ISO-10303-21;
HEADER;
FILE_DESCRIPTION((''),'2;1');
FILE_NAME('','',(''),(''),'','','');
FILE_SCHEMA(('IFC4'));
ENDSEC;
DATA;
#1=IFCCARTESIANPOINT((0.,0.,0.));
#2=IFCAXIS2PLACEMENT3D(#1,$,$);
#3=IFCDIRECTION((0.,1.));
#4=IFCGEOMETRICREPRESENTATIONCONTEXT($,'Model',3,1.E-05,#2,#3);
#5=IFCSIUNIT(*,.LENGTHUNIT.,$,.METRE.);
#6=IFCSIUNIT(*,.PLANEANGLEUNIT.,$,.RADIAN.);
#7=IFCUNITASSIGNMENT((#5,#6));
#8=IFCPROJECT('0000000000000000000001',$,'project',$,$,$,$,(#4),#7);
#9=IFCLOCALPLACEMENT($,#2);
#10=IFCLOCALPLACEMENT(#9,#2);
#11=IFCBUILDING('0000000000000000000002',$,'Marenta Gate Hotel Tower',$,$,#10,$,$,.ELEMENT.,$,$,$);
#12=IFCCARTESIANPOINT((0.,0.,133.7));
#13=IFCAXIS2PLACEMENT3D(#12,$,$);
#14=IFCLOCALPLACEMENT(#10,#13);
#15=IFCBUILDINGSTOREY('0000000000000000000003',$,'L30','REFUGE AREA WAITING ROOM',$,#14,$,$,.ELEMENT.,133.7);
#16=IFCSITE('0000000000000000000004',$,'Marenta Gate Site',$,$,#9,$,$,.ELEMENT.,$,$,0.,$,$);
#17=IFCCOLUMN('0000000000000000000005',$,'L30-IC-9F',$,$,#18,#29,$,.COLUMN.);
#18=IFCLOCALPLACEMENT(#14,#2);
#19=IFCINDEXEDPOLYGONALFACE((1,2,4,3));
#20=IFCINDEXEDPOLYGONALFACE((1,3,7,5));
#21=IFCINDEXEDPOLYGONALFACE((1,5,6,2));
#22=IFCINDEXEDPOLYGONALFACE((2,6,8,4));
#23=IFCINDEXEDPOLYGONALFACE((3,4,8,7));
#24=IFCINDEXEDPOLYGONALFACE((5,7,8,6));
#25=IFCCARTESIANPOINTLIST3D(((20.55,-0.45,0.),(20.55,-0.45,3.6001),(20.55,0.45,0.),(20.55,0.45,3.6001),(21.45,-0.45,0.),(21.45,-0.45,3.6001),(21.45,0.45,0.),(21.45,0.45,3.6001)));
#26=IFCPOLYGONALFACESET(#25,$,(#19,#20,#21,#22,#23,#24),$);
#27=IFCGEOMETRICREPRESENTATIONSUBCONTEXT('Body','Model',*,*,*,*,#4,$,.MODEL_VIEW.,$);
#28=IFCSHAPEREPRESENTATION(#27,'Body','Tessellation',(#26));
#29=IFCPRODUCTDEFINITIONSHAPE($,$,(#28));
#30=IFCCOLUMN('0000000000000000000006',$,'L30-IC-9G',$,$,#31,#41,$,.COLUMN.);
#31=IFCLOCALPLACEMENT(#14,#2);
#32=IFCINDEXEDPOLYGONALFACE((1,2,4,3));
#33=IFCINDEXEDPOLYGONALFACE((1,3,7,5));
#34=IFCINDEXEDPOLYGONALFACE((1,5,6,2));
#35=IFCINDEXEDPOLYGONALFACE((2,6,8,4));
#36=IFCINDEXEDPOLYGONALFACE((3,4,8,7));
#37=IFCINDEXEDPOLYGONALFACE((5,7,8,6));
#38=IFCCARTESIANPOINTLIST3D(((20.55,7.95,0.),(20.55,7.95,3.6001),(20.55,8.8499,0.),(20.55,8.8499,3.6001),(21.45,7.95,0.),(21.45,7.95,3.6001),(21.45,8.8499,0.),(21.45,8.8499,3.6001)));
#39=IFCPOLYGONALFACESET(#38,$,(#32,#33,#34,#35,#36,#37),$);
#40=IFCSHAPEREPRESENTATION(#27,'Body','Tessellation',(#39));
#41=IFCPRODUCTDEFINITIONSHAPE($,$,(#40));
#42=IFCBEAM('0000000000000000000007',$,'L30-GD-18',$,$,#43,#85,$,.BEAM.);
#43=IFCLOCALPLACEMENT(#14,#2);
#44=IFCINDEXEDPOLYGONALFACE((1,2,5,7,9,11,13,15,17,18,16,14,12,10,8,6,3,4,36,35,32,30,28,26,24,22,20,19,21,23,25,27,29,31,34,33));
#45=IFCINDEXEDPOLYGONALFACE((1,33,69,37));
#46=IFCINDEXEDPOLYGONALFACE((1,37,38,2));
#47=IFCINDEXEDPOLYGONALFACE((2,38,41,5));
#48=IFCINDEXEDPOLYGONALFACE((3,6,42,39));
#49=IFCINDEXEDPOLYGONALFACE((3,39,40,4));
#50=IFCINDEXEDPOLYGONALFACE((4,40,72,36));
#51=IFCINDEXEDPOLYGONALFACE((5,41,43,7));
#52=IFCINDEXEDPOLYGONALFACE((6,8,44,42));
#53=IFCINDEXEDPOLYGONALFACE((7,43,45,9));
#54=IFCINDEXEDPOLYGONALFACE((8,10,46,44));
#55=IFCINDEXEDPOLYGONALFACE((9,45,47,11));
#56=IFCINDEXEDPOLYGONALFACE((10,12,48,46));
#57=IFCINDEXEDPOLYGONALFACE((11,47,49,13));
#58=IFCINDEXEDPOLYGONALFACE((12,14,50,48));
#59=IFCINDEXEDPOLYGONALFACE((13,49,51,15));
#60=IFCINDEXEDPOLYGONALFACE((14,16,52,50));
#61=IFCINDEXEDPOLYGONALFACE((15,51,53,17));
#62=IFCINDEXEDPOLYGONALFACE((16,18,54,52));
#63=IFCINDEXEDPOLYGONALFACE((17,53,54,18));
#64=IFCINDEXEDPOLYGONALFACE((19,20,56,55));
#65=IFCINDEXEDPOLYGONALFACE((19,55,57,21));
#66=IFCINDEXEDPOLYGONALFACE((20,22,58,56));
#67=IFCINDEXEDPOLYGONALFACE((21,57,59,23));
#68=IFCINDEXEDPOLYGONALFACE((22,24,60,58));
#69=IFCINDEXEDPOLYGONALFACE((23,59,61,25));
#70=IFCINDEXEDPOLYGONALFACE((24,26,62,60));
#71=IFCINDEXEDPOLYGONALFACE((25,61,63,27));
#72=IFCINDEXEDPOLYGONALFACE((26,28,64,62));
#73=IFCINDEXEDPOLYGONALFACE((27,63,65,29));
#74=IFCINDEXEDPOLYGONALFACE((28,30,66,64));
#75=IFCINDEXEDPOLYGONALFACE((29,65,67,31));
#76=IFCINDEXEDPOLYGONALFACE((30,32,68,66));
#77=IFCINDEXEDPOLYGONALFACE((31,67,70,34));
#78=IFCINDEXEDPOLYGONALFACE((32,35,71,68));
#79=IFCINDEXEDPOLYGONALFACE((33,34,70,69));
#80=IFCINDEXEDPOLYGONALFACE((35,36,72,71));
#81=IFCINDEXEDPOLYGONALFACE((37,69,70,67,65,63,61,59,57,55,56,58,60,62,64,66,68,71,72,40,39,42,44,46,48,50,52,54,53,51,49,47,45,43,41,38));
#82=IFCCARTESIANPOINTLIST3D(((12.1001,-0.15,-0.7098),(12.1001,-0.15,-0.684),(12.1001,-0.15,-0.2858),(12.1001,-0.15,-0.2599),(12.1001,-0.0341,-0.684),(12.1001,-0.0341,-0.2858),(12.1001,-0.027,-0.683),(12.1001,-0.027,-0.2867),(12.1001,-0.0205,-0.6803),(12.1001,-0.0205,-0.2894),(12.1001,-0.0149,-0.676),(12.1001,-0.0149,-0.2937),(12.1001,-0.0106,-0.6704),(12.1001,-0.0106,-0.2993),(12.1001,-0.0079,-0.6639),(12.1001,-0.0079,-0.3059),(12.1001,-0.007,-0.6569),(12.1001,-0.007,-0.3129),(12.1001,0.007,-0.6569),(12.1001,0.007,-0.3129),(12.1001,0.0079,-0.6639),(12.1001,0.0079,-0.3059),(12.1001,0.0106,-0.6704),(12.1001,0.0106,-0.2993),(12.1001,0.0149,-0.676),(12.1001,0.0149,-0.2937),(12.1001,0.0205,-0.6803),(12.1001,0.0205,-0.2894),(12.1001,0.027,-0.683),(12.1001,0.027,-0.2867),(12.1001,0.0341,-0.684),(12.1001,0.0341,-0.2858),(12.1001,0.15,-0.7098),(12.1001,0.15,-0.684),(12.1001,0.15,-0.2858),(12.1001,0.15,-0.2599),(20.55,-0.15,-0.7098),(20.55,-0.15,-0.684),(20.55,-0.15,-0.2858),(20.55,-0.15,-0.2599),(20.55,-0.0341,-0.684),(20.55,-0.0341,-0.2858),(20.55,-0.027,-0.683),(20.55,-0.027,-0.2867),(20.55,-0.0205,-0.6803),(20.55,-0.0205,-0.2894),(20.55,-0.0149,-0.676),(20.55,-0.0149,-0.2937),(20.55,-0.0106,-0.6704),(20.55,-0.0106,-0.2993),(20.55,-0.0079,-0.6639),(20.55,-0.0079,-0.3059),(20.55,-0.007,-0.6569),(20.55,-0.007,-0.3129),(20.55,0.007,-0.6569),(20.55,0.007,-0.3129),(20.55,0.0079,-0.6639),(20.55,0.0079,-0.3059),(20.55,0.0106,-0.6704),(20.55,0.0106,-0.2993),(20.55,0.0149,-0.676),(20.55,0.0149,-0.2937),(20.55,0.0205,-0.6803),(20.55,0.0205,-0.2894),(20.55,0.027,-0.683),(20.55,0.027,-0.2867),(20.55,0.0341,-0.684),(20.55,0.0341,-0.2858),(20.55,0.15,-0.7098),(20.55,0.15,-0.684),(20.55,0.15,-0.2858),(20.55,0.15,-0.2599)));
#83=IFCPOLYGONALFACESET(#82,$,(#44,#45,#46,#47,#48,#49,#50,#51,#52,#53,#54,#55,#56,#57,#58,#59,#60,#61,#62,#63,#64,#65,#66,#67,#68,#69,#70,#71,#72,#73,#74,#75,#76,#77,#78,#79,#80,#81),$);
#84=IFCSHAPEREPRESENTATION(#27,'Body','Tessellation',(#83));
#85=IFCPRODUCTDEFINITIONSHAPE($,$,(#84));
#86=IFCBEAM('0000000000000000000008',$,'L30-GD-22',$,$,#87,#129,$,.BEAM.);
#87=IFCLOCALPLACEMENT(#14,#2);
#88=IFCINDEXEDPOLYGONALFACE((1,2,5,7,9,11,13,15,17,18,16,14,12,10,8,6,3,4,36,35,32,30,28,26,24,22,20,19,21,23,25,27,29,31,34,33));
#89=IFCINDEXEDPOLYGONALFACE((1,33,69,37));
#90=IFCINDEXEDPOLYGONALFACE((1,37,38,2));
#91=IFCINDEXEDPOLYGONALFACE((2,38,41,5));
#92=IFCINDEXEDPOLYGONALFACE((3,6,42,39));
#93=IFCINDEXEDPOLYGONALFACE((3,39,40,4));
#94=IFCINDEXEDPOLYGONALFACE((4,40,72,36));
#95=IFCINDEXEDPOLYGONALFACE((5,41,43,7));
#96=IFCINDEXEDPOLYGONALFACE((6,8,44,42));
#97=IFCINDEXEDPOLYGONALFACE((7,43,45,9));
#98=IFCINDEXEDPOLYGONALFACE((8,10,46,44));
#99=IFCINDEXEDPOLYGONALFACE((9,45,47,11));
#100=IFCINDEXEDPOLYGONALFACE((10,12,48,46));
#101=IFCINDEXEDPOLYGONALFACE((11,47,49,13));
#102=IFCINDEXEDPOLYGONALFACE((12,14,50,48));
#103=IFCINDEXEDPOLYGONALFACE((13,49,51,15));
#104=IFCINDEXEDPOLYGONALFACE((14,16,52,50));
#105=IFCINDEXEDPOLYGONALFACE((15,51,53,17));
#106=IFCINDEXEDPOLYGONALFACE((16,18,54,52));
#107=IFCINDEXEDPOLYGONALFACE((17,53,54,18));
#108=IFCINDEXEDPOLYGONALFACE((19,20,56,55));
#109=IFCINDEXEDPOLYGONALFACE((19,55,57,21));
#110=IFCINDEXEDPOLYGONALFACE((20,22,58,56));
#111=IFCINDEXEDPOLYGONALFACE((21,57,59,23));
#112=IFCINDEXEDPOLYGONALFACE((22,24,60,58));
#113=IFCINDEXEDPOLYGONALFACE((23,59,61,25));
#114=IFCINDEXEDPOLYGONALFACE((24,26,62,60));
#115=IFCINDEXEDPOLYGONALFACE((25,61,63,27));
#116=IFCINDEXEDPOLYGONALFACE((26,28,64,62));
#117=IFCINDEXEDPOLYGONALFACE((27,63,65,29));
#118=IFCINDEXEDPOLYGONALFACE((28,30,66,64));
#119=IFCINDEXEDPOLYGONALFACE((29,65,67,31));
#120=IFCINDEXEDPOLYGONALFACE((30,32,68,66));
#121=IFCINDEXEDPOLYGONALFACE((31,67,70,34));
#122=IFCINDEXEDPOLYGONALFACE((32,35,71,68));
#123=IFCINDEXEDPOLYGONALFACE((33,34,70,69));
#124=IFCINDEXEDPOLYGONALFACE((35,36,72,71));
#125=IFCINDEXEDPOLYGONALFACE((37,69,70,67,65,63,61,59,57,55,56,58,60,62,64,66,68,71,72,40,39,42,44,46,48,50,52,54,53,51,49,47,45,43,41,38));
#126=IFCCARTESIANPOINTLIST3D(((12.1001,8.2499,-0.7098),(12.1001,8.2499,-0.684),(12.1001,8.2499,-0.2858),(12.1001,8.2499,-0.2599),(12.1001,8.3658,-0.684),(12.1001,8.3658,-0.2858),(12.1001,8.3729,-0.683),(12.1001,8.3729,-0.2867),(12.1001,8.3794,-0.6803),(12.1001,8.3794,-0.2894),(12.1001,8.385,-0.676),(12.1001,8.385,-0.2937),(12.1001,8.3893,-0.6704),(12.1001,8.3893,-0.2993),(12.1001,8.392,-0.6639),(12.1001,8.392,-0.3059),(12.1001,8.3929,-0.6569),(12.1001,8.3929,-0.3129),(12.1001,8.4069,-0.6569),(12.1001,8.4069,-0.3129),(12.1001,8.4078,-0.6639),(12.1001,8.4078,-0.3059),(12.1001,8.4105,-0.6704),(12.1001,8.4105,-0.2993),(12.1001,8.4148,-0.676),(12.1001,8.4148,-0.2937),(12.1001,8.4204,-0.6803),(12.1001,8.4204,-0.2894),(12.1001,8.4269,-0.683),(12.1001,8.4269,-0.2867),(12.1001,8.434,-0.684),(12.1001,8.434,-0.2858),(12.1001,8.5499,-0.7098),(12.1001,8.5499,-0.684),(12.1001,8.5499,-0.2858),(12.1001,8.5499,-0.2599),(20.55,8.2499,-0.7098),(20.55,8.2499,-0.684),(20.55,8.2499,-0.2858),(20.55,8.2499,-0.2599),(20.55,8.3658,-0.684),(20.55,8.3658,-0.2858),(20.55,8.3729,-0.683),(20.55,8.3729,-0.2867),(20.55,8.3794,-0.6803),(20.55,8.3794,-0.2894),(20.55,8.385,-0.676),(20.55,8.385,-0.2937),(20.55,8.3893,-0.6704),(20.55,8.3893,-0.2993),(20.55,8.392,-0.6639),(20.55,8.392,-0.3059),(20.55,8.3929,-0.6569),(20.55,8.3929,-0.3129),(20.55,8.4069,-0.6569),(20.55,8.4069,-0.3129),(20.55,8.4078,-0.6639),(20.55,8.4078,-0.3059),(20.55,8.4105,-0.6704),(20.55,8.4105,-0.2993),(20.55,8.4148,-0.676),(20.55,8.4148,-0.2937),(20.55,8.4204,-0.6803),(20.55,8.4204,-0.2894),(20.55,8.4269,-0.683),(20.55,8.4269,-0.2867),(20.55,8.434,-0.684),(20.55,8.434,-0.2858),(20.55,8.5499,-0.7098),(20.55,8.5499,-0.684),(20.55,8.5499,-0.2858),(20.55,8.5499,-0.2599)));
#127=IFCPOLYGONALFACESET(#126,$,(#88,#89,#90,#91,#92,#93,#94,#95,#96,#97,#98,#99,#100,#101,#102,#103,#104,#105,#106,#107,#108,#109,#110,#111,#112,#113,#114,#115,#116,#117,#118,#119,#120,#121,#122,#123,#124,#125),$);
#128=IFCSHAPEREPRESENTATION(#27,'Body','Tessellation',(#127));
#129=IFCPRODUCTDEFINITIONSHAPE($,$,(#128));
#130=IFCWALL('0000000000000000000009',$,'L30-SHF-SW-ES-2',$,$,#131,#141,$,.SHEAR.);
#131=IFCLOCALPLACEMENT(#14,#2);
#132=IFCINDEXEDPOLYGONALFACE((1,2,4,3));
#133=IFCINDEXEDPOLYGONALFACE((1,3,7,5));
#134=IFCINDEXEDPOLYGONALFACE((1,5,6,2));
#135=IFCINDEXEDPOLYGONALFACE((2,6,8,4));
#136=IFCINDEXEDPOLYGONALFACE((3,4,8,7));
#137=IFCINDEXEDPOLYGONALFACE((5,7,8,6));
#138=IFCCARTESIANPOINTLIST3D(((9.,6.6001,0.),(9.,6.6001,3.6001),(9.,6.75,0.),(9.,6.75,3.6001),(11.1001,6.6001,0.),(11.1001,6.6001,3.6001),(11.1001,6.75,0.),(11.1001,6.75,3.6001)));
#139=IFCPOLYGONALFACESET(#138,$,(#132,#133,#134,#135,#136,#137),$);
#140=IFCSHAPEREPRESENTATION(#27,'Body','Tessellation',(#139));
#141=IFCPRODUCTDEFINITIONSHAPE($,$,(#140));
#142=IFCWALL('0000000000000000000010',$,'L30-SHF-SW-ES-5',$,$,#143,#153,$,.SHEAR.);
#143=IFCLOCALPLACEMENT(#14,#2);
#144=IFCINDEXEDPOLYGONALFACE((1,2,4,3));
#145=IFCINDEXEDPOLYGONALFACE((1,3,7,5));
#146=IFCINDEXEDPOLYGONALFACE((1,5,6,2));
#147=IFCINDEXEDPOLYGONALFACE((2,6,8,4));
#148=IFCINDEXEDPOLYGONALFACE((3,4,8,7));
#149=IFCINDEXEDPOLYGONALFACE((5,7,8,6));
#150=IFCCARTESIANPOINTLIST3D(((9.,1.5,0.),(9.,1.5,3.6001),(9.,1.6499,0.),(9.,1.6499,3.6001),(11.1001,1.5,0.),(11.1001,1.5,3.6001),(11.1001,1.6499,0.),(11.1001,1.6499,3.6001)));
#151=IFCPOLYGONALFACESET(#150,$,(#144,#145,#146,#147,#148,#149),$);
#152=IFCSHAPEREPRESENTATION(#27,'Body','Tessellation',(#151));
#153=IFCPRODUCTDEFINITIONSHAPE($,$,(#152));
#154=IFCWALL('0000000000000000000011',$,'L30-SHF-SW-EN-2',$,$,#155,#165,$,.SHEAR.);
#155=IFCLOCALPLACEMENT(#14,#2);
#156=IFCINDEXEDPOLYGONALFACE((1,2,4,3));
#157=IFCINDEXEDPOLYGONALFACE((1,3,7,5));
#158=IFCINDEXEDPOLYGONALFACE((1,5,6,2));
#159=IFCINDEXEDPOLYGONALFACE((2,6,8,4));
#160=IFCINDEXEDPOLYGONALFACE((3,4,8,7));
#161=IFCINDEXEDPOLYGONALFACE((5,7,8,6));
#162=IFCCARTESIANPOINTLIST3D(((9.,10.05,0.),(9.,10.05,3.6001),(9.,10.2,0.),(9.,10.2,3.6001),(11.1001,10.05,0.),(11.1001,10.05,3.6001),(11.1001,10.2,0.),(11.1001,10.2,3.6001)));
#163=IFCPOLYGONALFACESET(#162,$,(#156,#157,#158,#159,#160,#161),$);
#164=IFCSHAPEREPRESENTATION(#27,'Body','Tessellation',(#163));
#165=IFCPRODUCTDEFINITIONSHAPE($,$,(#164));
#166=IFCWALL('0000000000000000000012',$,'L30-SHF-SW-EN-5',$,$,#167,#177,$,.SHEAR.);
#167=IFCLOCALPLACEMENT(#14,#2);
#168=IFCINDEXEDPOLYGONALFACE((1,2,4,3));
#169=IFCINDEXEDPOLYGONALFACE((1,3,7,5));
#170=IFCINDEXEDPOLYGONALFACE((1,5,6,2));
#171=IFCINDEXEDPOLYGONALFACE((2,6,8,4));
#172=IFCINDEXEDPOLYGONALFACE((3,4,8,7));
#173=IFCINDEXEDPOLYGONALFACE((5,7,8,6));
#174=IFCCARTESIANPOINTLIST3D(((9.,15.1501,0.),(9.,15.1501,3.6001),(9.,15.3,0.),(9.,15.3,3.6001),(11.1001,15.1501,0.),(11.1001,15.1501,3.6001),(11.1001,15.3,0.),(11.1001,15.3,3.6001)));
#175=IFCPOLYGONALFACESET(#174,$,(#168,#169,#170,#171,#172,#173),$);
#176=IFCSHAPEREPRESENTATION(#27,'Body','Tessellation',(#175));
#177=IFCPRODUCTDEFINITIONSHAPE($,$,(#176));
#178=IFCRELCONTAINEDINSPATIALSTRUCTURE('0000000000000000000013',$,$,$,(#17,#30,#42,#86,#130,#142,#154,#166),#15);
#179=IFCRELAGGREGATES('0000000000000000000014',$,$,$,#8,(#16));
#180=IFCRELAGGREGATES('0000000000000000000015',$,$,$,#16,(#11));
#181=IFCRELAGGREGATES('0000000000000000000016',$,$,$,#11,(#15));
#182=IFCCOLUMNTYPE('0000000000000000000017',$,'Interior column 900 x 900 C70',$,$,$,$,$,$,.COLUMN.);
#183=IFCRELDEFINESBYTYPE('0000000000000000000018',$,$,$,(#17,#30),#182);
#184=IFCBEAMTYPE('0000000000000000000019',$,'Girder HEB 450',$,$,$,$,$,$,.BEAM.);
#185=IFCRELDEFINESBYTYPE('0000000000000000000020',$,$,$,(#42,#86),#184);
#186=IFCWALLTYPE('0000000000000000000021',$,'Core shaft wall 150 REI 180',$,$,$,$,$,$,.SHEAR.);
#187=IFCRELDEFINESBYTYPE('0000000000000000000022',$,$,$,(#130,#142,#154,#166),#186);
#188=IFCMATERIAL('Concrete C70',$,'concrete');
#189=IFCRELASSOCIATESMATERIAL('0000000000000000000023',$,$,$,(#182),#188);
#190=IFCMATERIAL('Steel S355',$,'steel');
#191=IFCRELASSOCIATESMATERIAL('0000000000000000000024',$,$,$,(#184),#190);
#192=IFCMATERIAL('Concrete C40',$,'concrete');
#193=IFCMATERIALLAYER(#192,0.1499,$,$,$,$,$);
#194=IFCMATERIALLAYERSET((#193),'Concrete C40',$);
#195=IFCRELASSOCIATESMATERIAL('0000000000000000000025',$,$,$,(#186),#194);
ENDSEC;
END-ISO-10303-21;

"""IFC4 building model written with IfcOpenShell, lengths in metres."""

from ifc_helpers import new_model, si_unit, direction, frame, frame_2d, origin, origin_2d, place, context, subcontext, project, spatial, rectangle, i_section, extrude, material, layer, layer_set, material_profile, profile_set, type_object, element, save


model = new_model("IFC4")

# Units and contexts
model_context = context("Model", 3, precision=1e-05, world=origin(), true_north=direction((0.0, 1.0)))
body_context = subcontext(model_context, "Body", "Model", "MODEL_VIEW")
ifc_project = project(units=[si_unit("LENGTHUNIT", "METRE"), si_unit("PLANEANGLEUNIT", "RADIAN")], contexts=[model_context])

# Site, building, storey
site_placement = place(None, origin())
site = spatial("IfcSite", under=ifc_project, at=site_placement, Name="Marenta Gate Site", CompositionType="ELEMENT", RefElevation=0.0)
building_placement = place(site_placement, origin())
building = spatial("IfcBuilding", under=site, at=building_placement, Name="Marenta Gate Hotel Tower", CompositionType="ELEMENT")
storey_placement = place(building_placement, frame((0.0, 0.0, 133.7)))
storey = spatial("IfcBuildingStorey", under=building, at=storey_placement, Name="L30", Description="REFUGE AREA WAITING ROOM", CompositionType="ELEMENT", Elevation=133.7)

# Columns
ifc_material_1 = material(Name="Concrete C70", Category="concrete")
ifc_material_profile_1 = material_profile(ifc_material_1, rectangle(XDim=0.8999, YDim=0.8999, at=origin_2d()), Name="900 x 900")
ifc_profile_set_1 = profile_set([ifc_material_profile_1], Name="Concrete C70")
column_type = type_object("IfcColumnType", Name="Interior column 900 x 900 C70", PredefinedType="COLUMN", material=ifc_profile_set_1)
for number, where, z_axis, x_axis, name in (
    (1, (21.0, 0.0, 0.0), (0.0, 0.0, 1.0), (1.0, 0.0, 0.0), "L30-IC-9F"),
    (2, (21.0, 8.3999, 0.0), (0.0, 0.0, 1.0), (1.0, 0.0, 0.0), "L30-IC-9G"),
):
    element("IfcColumn", number, at=place(storey_placement, frame(where, z_axis=z_axis, x_axis=x_axis)), inside=storey, type_object=column_type, Name=name, PredefinedType="COLUMN", context=body_context, shape_type="SweptSolid", body=[
        extrude(rectangle(XDim=0.8999, YDim=0.8999, at=origin_2d()), origin(), (0.0, 0.0, 1.0), 3.6001),
    ])

# Beams
ifc_material_2 = material(Name="Steel S355", Category="steel")
ifc_material_profile_2 = material_profile(ifc_material_2, i_section(OverallWidth=0.3, OverallDepth=0.45, WebThickness=0.0139, FlangeThickness=0.0259, FilletRadius=0.0271, at=origin_2d()), Name="HEB 450")
ifc_profile_set_2 = profile_set([ifc_material_profile_2], Name="Steel S355")
beam_type = type_object("IfcBeamType", Name="Girder HEB 450", PredefinedType="BEAM", material=ifc_profile_set_2)
for number, where, z_axis, x_axis, name in (
    (3, (12.1001, 0.0, -0.4849), (1.0, 0.0, 0.0), (0.0, 1.0, 0.0), "L30-GD-18"),
    (4, (12.1001, 8.3999, -0.4849), (1.0, 0.0, 0.0), (0.0, 1.0, 0.0), "L30-GD-22"),
):
    element("IfcBeam", number, at=place(storey_placement, frame(where, z_axis=z_axis, x_axis=x_axis)), inside=storey, type_object=beam_type, Name=name, PredefinedType="BEAM", context=body_context, shape_type="SweptSolid", body=[
        extrude(i_section(OverallWidth=0.3, OverallDepth=0.45, WebThickness=0.0139, FlangeThickness=0.0259, FilletRadius=0.0271, at=origin_2d()), origin(), (0.0, 0.0, 1.0), 8.45),
    ])

# Walls
ifc_material_3 = material(Name="Concrete C40", Category="concrete")
ifc_layer_1 = layer(ifc_material_3, 0.1499)
ifc_layer_set_1 = layer_set([ifc_layer_1], Name="Concrete C40")
wall_type_1 = type_object("IfcWallType", Name="Core shaft wall 150 REI 180", PredefinedType="SHEAR", material=ifc_layer_set_1)
for number, where, z_axis, x_axis, name in (
    (5, (9.0, 6.675, 0.0), (0.0, 0.0, 1.0), (1.0, 0.0, 0.0), "L30-SHF-SW-ES-2"),
    (6, (9.0, 1.575, 0.0), (0.0, 0.0, 1.0), (1.0, 0.0, 0.0), "L30-SHF-SW-ES-5"),
    (7, (9.0, 10.125, 0.0), (0.0, 0.0, 1.0), (1.0, 0.0, 0.0), "L30-SHF-SW-EN-2"),
    (8, (9.0, 15.2251, 0.0), (0.0, 0.0, 1.0), (1.0, 0.0, 0.0), "L30-SHF-SW-EN-5"),
):
    element("IfcWall", number, at=place(storey_placement, frame(where, z_axis=z_axis, x_axis=x_axis)), inside=storey, type_object=wall_type_1, Name=name, PredefinedType="SHEAR", context=body_context, shape_type="SweptSolid", body=[
        extrude(rectangle(XDim=2.1001, YDim=0.1499, at=frame_2d((1.05, 0.0))), origin(), (0.0, 0.0, 1.0), 3.6001),
    ])

save(model, "model.ifc")
